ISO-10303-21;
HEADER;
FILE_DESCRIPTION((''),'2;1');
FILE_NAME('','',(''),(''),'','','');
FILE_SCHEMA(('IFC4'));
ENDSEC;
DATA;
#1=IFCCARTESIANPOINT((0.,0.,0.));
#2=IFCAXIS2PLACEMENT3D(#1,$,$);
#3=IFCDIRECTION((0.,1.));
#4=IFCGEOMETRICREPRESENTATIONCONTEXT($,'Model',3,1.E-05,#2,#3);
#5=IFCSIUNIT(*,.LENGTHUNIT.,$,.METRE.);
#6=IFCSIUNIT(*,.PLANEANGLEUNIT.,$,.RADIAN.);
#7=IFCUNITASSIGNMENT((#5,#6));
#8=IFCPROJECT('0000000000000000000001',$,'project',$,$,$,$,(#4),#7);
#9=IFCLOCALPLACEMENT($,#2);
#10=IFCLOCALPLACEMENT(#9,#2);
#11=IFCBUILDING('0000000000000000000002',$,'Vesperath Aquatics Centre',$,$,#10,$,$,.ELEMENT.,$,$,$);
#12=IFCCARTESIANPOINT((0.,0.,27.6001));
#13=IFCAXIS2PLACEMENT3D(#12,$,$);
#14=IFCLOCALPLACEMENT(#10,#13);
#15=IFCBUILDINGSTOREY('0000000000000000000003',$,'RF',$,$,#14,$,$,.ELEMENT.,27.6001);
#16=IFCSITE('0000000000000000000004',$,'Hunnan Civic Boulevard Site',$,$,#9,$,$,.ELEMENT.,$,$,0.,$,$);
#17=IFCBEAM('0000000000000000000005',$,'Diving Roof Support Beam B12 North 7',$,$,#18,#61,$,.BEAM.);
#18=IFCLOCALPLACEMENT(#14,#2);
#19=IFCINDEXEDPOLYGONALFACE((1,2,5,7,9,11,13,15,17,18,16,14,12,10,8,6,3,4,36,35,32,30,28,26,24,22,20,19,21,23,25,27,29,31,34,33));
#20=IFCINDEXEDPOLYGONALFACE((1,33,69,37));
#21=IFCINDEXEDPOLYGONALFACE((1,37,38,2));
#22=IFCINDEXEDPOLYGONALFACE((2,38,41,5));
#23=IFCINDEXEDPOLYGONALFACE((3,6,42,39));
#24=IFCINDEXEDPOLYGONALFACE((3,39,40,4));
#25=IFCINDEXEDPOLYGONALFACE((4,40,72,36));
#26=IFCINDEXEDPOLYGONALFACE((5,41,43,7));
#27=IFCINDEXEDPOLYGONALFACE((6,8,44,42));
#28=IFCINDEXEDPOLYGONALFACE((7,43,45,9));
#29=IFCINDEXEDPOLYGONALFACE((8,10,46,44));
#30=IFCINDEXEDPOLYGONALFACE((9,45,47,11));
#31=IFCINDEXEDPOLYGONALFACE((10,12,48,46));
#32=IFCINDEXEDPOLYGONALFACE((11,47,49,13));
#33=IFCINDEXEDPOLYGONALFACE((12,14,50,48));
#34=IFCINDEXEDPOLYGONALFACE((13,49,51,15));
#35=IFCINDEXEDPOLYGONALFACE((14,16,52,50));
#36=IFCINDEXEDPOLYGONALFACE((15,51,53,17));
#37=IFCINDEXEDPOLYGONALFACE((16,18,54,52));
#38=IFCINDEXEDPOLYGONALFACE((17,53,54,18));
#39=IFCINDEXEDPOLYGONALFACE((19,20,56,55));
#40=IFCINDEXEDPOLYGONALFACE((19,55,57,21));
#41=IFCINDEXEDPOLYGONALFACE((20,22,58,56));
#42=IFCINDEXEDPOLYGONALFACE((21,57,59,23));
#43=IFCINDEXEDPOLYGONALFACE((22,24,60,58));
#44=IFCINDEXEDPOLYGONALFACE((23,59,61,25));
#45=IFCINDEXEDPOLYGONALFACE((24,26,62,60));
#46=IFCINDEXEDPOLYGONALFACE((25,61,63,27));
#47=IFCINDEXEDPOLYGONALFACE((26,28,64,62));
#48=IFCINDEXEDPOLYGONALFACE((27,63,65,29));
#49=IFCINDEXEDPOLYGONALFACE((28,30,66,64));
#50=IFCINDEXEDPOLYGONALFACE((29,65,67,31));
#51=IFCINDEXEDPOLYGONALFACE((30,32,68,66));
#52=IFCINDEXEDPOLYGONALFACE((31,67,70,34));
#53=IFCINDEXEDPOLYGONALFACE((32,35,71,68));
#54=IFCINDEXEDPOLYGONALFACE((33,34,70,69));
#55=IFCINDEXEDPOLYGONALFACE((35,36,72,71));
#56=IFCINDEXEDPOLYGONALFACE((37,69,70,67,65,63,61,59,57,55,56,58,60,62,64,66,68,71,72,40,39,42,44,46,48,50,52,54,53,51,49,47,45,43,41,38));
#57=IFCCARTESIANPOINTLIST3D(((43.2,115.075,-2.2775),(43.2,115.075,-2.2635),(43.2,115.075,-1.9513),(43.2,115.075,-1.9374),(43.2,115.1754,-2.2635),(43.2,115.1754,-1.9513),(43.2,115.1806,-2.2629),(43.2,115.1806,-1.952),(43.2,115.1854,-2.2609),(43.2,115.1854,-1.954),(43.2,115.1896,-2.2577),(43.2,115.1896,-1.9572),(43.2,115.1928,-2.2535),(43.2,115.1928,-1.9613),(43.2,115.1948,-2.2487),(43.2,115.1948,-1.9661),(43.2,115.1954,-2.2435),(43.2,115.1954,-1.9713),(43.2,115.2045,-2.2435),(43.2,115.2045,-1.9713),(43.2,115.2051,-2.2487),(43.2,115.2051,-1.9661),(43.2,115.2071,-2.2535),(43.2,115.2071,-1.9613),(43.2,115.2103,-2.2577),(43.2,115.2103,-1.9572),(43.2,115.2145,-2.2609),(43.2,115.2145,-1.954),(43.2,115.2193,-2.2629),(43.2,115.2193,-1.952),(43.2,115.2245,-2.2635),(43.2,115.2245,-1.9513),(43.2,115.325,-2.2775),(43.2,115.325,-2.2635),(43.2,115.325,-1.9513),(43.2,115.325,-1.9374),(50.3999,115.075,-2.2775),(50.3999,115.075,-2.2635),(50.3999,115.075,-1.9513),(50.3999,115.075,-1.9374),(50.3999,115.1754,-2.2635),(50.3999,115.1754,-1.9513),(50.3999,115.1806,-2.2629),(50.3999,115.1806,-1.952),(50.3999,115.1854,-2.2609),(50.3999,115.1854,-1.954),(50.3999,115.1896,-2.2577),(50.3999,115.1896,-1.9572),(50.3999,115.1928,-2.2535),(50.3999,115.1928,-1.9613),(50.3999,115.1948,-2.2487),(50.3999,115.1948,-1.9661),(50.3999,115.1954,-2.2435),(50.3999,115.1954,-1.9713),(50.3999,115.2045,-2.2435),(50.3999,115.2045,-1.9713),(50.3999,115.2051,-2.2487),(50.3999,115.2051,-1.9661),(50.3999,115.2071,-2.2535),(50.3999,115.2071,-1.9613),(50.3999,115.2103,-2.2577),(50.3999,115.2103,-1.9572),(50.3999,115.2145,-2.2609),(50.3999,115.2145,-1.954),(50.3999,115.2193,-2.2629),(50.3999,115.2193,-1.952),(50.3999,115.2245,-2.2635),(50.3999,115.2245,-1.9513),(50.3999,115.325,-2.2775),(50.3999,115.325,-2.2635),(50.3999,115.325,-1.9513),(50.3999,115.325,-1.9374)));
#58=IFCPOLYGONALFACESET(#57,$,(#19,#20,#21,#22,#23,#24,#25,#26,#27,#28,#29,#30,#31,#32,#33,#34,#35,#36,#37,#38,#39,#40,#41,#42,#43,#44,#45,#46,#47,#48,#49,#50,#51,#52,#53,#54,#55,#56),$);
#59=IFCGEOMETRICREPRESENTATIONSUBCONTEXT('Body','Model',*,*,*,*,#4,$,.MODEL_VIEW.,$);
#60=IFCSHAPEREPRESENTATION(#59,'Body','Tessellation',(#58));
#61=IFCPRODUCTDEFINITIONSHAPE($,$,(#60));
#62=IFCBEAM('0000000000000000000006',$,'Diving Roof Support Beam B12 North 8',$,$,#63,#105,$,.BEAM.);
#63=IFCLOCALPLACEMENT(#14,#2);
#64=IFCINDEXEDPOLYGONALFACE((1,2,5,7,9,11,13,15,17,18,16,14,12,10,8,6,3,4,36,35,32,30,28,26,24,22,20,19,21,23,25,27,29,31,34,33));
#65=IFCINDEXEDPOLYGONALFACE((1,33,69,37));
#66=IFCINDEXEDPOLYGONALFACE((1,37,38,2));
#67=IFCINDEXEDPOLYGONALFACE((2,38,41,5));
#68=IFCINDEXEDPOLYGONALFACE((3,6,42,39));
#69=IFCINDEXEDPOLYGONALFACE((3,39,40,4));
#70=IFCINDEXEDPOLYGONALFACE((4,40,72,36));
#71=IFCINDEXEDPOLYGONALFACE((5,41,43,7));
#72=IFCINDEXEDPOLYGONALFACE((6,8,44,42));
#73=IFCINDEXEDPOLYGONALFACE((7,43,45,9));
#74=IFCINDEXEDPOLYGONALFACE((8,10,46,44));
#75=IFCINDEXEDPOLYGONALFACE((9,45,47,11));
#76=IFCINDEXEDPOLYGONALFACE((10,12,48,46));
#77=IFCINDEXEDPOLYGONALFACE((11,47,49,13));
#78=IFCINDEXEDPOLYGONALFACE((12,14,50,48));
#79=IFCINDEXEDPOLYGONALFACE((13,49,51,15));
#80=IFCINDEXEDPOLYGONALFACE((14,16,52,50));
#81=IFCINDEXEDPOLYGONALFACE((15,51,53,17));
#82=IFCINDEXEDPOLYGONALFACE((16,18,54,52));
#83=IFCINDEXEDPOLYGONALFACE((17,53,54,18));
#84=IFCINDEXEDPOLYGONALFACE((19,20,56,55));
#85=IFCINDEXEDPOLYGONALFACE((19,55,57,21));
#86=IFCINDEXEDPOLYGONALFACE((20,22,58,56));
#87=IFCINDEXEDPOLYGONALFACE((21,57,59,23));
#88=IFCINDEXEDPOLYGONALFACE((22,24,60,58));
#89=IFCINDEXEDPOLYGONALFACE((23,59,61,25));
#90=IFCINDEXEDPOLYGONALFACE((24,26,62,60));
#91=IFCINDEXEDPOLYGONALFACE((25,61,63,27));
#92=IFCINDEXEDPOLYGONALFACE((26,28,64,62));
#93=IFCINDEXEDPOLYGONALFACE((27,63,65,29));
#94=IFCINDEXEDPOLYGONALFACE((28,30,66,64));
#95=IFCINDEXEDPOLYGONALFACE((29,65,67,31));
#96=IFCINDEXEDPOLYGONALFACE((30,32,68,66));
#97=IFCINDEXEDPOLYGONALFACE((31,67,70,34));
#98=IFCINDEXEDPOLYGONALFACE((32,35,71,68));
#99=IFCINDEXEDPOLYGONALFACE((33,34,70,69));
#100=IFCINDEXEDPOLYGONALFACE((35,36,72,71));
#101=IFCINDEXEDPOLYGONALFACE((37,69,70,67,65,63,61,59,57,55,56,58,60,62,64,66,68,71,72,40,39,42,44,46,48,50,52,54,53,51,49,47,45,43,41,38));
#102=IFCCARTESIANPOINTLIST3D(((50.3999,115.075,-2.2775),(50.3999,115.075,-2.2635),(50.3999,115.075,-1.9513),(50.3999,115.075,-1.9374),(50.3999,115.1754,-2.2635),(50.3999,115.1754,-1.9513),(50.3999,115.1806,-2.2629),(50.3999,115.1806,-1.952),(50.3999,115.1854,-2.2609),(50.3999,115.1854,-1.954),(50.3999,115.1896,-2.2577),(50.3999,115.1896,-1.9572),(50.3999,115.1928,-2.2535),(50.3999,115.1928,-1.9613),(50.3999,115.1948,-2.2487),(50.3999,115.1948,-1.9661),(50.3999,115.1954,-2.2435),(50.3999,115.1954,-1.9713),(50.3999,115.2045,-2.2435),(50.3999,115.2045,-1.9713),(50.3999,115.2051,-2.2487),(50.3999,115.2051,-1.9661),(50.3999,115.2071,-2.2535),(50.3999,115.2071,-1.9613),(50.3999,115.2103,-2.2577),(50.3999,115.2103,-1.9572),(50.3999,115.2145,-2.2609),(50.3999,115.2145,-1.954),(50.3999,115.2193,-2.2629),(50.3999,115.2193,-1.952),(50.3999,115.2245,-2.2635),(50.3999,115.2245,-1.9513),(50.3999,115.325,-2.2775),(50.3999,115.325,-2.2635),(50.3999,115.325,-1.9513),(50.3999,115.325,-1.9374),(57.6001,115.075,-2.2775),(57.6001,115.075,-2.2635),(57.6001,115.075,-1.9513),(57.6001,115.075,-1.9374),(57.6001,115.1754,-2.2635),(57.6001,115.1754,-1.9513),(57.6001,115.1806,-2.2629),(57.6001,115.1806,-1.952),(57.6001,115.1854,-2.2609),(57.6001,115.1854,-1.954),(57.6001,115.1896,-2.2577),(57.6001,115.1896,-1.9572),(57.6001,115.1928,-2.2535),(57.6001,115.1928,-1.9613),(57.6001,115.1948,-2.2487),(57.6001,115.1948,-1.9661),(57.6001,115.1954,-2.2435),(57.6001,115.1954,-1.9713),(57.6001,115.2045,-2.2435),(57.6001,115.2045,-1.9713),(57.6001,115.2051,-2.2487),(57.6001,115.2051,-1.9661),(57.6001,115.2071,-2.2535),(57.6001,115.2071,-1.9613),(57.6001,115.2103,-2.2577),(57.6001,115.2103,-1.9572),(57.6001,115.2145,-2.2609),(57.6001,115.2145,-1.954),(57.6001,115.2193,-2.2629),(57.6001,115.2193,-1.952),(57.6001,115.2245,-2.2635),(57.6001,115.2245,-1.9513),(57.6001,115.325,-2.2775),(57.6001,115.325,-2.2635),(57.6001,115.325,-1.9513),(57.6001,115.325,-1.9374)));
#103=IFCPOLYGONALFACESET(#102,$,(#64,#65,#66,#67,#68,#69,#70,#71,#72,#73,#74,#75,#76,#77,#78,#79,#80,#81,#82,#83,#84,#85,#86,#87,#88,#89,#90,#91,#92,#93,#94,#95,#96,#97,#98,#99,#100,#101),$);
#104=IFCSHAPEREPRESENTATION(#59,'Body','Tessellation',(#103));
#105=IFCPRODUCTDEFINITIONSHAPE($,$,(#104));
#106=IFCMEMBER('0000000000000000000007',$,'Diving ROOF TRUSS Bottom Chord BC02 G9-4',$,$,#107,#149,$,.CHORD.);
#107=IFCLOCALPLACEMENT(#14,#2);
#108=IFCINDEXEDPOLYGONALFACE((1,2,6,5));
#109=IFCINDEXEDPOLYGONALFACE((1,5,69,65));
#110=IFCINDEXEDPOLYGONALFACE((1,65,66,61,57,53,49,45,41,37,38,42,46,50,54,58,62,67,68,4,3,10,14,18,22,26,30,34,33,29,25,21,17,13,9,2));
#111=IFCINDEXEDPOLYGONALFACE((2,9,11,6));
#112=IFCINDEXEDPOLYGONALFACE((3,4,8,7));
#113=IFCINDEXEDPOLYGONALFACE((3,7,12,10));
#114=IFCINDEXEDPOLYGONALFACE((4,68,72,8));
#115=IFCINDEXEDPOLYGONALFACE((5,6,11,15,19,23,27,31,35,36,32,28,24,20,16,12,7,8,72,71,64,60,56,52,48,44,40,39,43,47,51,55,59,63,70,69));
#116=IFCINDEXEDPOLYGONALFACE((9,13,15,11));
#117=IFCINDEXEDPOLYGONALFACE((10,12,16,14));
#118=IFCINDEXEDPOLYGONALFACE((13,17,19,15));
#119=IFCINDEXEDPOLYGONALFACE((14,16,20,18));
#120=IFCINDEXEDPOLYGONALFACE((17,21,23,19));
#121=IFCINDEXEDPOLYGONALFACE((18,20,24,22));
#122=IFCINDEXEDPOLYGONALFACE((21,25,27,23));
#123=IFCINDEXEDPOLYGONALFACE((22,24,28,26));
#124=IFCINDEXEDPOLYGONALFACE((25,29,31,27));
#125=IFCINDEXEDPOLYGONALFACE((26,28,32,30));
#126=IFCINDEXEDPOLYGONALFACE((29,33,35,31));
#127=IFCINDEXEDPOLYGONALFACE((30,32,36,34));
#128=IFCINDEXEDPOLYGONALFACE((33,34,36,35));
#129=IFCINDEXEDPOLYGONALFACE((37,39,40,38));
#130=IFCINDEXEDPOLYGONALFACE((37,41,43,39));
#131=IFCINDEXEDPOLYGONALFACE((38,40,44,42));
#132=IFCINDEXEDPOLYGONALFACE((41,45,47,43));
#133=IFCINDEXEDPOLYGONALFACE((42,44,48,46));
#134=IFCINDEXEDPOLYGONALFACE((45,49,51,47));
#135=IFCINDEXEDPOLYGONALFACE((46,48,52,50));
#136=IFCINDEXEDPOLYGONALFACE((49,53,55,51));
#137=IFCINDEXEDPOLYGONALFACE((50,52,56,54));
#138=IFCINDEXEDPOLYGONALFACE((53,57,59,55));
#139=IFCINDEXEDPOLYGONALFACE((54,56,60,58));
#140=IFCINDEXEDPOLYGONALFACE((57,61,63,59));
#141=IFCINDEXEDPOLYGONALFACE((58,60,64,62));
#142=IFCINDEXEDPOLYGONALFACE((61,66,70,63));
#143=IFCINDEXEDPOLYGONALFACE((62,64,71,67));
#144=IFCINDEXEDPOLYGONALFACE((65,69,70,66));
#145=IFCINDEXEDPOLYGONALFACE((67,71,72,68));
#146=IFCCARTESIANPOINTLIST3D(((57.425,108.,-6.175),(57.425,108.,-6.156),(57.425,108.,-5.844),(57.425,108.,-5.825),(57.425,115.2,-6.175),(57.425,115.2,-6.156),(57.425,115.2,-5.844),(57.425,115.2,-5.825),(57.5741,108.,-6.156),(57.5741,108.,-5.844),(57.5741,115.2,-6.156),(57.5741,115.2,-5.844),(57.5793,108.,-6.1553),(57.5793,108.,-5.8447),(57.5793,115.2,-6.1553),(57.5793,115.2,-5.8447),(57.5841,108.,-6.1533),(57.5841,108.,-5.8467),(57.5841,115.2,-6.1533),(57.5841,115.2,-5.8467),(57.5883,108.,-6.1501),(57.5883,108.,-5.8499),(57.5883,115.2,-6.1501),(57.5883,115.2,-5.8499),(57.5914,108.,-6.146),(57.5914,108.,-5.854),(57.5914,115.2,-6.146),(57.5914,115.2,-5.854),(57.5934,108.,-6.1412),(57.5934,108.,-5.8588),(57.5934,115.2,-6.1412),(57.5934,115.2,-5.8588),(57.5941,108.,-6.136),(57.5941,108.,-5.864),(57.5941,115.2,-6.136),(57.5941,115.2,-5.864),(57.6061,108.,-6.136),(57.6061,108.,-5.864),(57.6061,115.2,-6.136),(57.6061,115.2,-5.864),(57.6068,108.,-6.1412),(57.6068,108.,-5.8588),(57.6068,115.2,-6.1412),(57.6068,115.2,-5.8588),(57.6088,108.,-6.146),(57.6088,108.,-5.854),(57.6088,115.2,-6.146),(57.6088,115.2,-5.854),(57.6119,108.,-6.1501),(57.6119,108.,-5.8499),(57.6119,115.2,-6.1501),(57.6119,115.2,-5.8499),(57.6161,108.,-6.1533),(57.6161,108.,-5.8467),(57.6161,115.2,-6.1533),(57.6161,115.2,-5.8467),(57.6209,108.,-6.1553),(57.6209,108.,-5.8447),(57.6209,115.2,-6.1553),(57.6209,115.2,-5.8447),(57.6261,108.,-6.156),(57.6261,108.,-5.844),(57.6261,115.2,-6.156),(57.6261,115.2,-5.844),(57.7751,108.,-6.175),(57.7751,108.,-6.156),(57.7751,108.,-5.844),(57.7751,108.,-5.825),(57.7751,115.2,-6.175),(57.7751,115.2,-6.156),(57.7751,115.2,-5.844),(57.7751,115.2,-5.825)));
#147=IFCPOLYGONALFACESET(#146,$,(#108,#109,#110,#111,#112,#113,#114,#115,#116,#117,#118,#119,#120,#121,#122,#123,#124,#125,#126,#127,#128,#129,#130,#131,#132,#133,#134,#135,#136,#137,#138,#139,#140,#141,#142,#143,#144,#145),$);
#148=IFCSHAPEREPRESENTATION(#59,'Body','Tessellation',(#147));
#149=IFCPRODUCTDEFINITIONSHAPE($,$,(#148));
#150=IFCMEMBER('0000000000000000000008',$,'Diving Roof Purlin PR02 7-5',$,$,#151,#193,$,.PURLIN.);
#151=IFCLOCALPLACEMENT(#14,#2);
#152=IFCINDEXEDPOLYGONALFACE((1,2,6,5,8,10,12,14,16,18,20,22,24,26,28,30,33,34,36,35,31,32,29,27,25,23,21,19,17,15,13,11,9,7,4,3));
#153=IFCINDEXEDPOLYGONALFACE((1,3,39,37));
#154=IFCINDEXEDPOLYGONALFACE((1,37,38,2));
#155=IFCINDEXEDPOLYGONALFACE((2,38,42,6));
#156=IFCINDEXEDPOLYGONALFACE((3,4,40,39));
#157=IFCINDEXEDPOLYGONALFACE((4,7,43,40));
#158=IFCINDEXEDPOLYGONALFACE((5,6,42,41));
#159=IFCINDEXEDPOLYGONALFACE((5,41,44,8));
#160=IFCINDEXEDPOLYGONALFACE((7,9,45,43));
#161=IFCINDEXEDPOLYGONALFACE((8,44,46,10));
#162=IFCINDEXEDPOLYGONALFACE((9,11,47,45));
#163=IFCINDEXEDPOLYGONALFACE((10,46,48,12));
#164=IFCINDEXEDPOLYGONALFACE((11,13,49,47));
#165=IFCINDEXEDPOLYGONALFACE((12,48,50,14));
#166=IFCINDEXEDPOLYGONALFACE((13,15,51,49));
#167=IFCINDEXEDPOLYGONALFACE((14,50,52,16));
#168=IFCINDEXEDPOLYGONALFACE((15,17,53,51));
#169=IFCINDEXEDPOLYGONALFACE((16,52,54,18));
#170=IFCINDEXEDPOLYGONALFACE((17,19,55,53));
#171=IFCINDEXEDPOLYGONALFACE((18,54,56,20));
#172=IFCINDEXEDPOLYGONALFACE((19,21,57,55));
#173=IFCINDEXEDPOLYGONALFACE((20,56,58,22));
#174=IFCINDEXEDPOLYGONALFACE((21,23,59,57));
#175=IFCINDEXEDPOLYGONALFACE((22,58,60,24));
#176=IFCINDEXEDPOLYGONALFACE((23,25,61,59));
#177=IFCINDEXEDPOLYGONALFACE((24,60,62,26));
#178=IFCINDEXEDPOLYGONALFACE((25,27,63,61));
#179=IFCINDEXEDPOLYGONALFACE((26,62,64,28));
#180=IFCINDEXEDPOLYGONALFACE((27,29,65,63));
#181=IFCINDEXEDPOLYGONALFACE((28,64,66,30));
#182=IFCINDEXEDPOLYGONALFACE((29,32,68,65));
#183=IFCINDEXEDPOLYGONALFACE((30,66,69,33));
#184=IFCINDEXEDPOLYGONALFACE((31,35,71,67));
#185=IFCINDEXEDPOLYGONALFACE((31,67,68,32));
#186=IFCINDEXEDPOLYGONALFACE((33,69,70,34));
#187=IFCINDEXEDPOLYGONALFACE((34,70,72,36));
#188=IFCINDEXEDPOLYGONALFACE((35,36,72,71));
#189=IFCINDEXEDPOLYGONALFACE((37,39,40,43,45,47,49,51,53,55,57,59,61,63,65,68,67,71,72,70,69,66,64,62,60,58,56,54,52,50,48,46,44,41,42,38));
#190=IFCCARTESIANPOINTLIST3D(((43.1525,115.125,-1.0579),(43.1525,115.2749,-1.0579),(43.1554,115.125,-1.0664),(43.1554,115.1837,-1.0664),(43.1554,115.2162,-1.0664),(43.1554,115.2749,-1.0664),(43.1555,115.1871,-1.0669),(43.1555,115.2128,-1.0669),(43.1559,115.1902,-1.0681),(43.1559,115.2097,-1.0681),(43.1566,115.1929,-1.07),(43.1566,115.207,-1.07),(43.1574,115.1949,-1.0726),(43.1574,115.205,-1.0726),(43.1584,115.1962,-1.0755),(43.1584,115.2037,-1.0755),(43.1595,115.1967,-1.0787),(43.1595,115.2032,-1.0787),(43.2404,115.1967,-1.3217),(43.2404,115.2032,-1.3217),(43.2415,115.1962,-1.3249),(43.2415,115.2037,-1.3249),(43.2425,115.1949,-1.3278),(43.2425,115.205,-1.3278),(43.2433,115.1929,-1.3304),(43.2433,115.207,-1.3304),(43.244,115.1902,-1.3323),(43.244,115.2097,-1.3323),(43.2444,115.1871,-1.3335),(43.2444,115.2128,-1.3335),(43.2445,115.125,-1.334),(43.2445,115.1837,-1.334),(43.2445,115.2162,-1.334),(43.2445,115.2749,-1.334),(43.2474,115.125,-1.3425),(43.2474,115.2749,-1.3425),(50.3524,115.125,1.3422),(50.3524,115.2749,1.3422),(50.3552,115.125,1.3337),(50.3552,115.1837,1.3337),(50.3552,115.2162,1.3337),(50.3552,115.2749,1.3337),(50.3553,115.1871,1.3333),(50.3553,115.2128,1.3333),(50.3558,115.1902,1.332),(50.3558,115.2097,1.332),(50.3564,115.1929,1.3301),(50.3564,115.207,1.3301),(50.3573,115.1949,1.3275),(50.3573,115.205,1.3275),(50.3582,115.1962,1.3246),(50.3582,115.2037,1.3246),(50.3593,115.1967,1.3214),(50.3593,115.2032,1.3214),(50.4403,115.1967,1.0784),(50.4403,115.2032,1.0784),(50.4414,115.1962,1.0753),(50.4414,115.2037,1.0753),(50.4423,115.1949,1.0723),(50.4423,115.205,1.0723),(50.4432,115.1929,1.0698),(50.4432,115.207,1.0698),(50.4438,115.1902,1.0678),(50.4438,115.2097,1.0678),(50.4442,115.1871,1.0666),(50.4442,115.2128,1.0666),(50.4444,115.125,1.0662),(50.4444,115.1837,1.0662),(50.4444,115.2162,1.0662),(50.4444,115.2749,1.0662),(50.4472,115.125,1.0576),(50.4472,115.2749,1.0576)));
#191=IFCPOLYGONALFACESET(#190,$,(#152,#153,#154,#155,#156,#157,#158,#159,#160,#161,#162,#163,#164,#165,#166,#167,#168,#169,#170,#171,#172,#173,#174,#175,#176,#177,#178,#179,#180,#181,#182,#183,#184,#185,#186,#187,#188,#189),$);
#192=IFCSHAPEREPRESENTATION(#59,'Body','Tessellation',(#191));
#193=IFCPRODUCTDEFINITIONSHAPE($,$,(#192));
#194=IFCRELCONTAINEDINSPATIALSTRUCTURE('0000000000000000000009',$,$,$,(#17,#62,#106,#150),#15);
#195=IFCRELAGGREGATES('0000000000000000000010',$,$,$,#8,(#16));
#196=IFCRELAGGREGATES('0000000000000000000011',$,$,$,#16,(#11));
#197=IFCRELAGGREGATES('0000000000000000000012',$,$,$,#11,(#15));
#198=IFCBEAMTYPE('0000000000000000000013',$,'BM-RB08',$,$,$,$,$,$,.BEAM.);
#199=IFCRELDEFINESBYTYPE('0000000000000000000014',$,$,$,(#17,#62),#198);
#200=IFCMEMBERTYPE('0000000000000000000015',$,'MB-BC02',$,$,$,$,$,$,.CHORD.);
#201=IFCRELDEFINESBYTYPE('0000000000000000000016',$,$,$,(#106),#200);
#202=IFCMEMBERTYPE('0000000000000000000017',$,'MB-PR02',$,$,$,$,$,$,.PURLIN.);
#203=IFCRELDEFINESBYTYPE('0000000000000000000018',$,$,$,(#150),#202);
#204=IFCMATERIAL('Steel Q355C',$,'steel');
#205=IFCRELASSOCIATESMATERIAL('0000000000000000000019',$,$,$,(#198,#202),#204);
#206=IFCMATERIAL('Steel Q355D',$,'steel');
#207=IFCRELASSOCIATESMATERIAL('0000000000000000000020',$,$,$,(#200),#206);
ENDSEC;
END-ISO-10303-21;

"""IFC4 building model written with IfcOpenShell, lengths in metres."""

from ifc_helpers import new_model, si_unit, direction, frame, origin, origin_2d, place, context, subcontext, project, spatial, i_section, extrude, material, material_profile, profile_set, type_object, element, save


model = new_model("IFC4")

# Units and contexts
model_context = context("Model", 3, precision=1e-05, world=origin(), true_north=direction((0.0, 1.0)))
body_context = subcontext(model_context, "Body", "Model", "MODEL_VIEW")
ifc_project = project(units=[si_unit("LENGTHUNIT", "METRE"), si_unit("PLANEANGLEUNIT", "RADIAN")], contexts=[model_context])

# Site, building, storey
site_placement = place(None, origin())
site = spatial("IfcSite", under=ifc_project, at=site_placement, Name="Hunnan Civic Boulevard Site", CompositionType="ELEMENT", RefElevation=0.0)
building_placement = place(site_placement, origin())
building = spatial("IfcBuilding", under=site, at=building_placement, Name="Vesperath Aquatics Centre", CompositionType="ELEMENT")
storey_placement = place(building_placement, frame((0.0, 0.0, 27.6001)))
storey = spatial("IfcBuildingStorey", under=building, at=storey_placement, Name="RF", CompositionType="ELEMENT", Elevation=27.6001)

# Beams
ifc_material_1 = material(Name="Steel Q355C", Category="steel")
ifc_material_profile_1 = material_profile(ifc_material_1, i_section(OverallWidth=0.25, OverallDepth=0.3401, WebThickness=0.009, FlangeThickness=0.0139, FilletRadius=0.02, at=origin_2d()), Name="HM 340x250x9x14")
ifc_profile_set_1 = profile_set([ifc_material_profile_1], Name="Steel Q355C")
beam_type = type_object("IfcBeamType", Name="BM-RB08", PredefinedType="BEAM", material=ifc_profile_set_1)
beam_1_placement = place(storey_placement, frame((43.2, 115.2, -2.1074), z_axis=(1.0, 0.0, 0.0), x_axis=(0.0, 1.0, 0.0)))
element("IfcBeam", 1, at=beam_1_placement, inside=storey, type_object=beam_type, Name="Diving Roof Support Beam B12 North 7", PredefinedType="BEAM", context=body_context, shape_type="SweptSolid", body=[
    extrude(i_section(OverallWidth=0.25, OverallDepth=0.3401, WebThickness=0.009, FlangeThickness=0.0139, FilletRadius=0.02, at=origin_2d()), origin(), (0.0, 0.0, 1.0), 7.2),
])
beam_2_placement = place(storey_placement, frame((50.3999, 115.2, -2.1074), z_axis=(1.0, 0.0, 0.0), x_axis=(0.0, 1.0, 0.0)))
element("IfcBeam", 2, at=beam_2_placement, inside=storey, type_object=beam_type, Name="Diving Roof Support Beam B12 North 8", PredefinedType="BEAM", context=body_context, shape_type="SweptSolid", body=[
    extrude(i_section(OverallWidth=0.25, OverallDepth=0.3401, WebThickness=0.009, FlangeThickness=0.0139, FilletRadius=0.02, at=origin_2d()), origin(), (0.0, 0.0, 1.0), 7.2002),
])

# Members
ifc_material_2 = material(Name="Steel Q355D", Category="steel")
ifc_material_profile_2 = material_profile(ifc_material_2, i_section(OverallWidth=0.3501, OverallDepth=0.3501, WebThickness=0.012, FlangeThickness=0.019, FilletRadius=0.02, at=origin_2d()), Name="HW 350x350x12x19")
ifc_profile_set_2 = profile_set([ifc_material_profile_2], Name="Steel Q355D")
member_type_1 = type_object("IfcMemberType", Name="MB-BC02", PredefinedType="CHORD", material=ifc_profile_set_2)
member_1_placement = place(storey_placement, frame((57.6001, 108.0, -6.0), z_axis=(0.0, 1.0, 0.0), x_axis=(-1.0, 0.0, 0.0)))
element("IfcMember", 3, at=member_1_placement, inside=storey, type_object=member_type_1, Name="Diving ROOF TRUSS Bottom Chord BC02 G9-4", PredefinedType="CHORD", context=body_context, shape_type="SweptSolid", body=[
    extrude(i_section(OverallWidth=0.3501, OverallDepth=0.3501, WebThickness=0.012, FlangeThickness=0.019, FilletRadius=0.02, at=origin_2d()), origin(), (0.0, 0.0, 1.0), 7.2),
])
ifc_material_profile_3 = material_profile(ifc_material_1, i_section(OverallWidth=0.1499, OverallDepth=0.3, WebThickness=0.0066, FlangeThickness=0.009, FilletRadius=0.0129, at=origin_2d()), Name="HN 300x150x6.5x9")
ifc_profile_set_3 = profile_set([ifc_material_profile_3], Name="Steel Q355C")
member_type_2 = type_object("IfcMemberType", Name="MB-PR02", PredefinedType="PURLIN", material=ifc_profile_set_3)
member_2_placement = place(storey_placement, frame((43.2, 115.2, -1.2002), z_axis=(0.948677, 0.0, 0.316247), x_axis=(0.0, 1.0, 0.0)))
element("IfcMember", 4, at=member_2_placement, inside=storey, type_object=member_type_2, Name="Diving Roof Purlin PR02 7-5", PredefinedType="PURLIN", context=body_context, shape_type="SweptSolid", body=[
    extrude(i_section(OverallWidth=0.1499, OverallDepth=0.3, WebThickness=0.0066, FlangeThickness=0.009, FilletRadius=0.0129, at=origin_2d()), origin(), (0.0, 0.0, 1.0), 7.5894),
])

save(model, "model.ifc")
